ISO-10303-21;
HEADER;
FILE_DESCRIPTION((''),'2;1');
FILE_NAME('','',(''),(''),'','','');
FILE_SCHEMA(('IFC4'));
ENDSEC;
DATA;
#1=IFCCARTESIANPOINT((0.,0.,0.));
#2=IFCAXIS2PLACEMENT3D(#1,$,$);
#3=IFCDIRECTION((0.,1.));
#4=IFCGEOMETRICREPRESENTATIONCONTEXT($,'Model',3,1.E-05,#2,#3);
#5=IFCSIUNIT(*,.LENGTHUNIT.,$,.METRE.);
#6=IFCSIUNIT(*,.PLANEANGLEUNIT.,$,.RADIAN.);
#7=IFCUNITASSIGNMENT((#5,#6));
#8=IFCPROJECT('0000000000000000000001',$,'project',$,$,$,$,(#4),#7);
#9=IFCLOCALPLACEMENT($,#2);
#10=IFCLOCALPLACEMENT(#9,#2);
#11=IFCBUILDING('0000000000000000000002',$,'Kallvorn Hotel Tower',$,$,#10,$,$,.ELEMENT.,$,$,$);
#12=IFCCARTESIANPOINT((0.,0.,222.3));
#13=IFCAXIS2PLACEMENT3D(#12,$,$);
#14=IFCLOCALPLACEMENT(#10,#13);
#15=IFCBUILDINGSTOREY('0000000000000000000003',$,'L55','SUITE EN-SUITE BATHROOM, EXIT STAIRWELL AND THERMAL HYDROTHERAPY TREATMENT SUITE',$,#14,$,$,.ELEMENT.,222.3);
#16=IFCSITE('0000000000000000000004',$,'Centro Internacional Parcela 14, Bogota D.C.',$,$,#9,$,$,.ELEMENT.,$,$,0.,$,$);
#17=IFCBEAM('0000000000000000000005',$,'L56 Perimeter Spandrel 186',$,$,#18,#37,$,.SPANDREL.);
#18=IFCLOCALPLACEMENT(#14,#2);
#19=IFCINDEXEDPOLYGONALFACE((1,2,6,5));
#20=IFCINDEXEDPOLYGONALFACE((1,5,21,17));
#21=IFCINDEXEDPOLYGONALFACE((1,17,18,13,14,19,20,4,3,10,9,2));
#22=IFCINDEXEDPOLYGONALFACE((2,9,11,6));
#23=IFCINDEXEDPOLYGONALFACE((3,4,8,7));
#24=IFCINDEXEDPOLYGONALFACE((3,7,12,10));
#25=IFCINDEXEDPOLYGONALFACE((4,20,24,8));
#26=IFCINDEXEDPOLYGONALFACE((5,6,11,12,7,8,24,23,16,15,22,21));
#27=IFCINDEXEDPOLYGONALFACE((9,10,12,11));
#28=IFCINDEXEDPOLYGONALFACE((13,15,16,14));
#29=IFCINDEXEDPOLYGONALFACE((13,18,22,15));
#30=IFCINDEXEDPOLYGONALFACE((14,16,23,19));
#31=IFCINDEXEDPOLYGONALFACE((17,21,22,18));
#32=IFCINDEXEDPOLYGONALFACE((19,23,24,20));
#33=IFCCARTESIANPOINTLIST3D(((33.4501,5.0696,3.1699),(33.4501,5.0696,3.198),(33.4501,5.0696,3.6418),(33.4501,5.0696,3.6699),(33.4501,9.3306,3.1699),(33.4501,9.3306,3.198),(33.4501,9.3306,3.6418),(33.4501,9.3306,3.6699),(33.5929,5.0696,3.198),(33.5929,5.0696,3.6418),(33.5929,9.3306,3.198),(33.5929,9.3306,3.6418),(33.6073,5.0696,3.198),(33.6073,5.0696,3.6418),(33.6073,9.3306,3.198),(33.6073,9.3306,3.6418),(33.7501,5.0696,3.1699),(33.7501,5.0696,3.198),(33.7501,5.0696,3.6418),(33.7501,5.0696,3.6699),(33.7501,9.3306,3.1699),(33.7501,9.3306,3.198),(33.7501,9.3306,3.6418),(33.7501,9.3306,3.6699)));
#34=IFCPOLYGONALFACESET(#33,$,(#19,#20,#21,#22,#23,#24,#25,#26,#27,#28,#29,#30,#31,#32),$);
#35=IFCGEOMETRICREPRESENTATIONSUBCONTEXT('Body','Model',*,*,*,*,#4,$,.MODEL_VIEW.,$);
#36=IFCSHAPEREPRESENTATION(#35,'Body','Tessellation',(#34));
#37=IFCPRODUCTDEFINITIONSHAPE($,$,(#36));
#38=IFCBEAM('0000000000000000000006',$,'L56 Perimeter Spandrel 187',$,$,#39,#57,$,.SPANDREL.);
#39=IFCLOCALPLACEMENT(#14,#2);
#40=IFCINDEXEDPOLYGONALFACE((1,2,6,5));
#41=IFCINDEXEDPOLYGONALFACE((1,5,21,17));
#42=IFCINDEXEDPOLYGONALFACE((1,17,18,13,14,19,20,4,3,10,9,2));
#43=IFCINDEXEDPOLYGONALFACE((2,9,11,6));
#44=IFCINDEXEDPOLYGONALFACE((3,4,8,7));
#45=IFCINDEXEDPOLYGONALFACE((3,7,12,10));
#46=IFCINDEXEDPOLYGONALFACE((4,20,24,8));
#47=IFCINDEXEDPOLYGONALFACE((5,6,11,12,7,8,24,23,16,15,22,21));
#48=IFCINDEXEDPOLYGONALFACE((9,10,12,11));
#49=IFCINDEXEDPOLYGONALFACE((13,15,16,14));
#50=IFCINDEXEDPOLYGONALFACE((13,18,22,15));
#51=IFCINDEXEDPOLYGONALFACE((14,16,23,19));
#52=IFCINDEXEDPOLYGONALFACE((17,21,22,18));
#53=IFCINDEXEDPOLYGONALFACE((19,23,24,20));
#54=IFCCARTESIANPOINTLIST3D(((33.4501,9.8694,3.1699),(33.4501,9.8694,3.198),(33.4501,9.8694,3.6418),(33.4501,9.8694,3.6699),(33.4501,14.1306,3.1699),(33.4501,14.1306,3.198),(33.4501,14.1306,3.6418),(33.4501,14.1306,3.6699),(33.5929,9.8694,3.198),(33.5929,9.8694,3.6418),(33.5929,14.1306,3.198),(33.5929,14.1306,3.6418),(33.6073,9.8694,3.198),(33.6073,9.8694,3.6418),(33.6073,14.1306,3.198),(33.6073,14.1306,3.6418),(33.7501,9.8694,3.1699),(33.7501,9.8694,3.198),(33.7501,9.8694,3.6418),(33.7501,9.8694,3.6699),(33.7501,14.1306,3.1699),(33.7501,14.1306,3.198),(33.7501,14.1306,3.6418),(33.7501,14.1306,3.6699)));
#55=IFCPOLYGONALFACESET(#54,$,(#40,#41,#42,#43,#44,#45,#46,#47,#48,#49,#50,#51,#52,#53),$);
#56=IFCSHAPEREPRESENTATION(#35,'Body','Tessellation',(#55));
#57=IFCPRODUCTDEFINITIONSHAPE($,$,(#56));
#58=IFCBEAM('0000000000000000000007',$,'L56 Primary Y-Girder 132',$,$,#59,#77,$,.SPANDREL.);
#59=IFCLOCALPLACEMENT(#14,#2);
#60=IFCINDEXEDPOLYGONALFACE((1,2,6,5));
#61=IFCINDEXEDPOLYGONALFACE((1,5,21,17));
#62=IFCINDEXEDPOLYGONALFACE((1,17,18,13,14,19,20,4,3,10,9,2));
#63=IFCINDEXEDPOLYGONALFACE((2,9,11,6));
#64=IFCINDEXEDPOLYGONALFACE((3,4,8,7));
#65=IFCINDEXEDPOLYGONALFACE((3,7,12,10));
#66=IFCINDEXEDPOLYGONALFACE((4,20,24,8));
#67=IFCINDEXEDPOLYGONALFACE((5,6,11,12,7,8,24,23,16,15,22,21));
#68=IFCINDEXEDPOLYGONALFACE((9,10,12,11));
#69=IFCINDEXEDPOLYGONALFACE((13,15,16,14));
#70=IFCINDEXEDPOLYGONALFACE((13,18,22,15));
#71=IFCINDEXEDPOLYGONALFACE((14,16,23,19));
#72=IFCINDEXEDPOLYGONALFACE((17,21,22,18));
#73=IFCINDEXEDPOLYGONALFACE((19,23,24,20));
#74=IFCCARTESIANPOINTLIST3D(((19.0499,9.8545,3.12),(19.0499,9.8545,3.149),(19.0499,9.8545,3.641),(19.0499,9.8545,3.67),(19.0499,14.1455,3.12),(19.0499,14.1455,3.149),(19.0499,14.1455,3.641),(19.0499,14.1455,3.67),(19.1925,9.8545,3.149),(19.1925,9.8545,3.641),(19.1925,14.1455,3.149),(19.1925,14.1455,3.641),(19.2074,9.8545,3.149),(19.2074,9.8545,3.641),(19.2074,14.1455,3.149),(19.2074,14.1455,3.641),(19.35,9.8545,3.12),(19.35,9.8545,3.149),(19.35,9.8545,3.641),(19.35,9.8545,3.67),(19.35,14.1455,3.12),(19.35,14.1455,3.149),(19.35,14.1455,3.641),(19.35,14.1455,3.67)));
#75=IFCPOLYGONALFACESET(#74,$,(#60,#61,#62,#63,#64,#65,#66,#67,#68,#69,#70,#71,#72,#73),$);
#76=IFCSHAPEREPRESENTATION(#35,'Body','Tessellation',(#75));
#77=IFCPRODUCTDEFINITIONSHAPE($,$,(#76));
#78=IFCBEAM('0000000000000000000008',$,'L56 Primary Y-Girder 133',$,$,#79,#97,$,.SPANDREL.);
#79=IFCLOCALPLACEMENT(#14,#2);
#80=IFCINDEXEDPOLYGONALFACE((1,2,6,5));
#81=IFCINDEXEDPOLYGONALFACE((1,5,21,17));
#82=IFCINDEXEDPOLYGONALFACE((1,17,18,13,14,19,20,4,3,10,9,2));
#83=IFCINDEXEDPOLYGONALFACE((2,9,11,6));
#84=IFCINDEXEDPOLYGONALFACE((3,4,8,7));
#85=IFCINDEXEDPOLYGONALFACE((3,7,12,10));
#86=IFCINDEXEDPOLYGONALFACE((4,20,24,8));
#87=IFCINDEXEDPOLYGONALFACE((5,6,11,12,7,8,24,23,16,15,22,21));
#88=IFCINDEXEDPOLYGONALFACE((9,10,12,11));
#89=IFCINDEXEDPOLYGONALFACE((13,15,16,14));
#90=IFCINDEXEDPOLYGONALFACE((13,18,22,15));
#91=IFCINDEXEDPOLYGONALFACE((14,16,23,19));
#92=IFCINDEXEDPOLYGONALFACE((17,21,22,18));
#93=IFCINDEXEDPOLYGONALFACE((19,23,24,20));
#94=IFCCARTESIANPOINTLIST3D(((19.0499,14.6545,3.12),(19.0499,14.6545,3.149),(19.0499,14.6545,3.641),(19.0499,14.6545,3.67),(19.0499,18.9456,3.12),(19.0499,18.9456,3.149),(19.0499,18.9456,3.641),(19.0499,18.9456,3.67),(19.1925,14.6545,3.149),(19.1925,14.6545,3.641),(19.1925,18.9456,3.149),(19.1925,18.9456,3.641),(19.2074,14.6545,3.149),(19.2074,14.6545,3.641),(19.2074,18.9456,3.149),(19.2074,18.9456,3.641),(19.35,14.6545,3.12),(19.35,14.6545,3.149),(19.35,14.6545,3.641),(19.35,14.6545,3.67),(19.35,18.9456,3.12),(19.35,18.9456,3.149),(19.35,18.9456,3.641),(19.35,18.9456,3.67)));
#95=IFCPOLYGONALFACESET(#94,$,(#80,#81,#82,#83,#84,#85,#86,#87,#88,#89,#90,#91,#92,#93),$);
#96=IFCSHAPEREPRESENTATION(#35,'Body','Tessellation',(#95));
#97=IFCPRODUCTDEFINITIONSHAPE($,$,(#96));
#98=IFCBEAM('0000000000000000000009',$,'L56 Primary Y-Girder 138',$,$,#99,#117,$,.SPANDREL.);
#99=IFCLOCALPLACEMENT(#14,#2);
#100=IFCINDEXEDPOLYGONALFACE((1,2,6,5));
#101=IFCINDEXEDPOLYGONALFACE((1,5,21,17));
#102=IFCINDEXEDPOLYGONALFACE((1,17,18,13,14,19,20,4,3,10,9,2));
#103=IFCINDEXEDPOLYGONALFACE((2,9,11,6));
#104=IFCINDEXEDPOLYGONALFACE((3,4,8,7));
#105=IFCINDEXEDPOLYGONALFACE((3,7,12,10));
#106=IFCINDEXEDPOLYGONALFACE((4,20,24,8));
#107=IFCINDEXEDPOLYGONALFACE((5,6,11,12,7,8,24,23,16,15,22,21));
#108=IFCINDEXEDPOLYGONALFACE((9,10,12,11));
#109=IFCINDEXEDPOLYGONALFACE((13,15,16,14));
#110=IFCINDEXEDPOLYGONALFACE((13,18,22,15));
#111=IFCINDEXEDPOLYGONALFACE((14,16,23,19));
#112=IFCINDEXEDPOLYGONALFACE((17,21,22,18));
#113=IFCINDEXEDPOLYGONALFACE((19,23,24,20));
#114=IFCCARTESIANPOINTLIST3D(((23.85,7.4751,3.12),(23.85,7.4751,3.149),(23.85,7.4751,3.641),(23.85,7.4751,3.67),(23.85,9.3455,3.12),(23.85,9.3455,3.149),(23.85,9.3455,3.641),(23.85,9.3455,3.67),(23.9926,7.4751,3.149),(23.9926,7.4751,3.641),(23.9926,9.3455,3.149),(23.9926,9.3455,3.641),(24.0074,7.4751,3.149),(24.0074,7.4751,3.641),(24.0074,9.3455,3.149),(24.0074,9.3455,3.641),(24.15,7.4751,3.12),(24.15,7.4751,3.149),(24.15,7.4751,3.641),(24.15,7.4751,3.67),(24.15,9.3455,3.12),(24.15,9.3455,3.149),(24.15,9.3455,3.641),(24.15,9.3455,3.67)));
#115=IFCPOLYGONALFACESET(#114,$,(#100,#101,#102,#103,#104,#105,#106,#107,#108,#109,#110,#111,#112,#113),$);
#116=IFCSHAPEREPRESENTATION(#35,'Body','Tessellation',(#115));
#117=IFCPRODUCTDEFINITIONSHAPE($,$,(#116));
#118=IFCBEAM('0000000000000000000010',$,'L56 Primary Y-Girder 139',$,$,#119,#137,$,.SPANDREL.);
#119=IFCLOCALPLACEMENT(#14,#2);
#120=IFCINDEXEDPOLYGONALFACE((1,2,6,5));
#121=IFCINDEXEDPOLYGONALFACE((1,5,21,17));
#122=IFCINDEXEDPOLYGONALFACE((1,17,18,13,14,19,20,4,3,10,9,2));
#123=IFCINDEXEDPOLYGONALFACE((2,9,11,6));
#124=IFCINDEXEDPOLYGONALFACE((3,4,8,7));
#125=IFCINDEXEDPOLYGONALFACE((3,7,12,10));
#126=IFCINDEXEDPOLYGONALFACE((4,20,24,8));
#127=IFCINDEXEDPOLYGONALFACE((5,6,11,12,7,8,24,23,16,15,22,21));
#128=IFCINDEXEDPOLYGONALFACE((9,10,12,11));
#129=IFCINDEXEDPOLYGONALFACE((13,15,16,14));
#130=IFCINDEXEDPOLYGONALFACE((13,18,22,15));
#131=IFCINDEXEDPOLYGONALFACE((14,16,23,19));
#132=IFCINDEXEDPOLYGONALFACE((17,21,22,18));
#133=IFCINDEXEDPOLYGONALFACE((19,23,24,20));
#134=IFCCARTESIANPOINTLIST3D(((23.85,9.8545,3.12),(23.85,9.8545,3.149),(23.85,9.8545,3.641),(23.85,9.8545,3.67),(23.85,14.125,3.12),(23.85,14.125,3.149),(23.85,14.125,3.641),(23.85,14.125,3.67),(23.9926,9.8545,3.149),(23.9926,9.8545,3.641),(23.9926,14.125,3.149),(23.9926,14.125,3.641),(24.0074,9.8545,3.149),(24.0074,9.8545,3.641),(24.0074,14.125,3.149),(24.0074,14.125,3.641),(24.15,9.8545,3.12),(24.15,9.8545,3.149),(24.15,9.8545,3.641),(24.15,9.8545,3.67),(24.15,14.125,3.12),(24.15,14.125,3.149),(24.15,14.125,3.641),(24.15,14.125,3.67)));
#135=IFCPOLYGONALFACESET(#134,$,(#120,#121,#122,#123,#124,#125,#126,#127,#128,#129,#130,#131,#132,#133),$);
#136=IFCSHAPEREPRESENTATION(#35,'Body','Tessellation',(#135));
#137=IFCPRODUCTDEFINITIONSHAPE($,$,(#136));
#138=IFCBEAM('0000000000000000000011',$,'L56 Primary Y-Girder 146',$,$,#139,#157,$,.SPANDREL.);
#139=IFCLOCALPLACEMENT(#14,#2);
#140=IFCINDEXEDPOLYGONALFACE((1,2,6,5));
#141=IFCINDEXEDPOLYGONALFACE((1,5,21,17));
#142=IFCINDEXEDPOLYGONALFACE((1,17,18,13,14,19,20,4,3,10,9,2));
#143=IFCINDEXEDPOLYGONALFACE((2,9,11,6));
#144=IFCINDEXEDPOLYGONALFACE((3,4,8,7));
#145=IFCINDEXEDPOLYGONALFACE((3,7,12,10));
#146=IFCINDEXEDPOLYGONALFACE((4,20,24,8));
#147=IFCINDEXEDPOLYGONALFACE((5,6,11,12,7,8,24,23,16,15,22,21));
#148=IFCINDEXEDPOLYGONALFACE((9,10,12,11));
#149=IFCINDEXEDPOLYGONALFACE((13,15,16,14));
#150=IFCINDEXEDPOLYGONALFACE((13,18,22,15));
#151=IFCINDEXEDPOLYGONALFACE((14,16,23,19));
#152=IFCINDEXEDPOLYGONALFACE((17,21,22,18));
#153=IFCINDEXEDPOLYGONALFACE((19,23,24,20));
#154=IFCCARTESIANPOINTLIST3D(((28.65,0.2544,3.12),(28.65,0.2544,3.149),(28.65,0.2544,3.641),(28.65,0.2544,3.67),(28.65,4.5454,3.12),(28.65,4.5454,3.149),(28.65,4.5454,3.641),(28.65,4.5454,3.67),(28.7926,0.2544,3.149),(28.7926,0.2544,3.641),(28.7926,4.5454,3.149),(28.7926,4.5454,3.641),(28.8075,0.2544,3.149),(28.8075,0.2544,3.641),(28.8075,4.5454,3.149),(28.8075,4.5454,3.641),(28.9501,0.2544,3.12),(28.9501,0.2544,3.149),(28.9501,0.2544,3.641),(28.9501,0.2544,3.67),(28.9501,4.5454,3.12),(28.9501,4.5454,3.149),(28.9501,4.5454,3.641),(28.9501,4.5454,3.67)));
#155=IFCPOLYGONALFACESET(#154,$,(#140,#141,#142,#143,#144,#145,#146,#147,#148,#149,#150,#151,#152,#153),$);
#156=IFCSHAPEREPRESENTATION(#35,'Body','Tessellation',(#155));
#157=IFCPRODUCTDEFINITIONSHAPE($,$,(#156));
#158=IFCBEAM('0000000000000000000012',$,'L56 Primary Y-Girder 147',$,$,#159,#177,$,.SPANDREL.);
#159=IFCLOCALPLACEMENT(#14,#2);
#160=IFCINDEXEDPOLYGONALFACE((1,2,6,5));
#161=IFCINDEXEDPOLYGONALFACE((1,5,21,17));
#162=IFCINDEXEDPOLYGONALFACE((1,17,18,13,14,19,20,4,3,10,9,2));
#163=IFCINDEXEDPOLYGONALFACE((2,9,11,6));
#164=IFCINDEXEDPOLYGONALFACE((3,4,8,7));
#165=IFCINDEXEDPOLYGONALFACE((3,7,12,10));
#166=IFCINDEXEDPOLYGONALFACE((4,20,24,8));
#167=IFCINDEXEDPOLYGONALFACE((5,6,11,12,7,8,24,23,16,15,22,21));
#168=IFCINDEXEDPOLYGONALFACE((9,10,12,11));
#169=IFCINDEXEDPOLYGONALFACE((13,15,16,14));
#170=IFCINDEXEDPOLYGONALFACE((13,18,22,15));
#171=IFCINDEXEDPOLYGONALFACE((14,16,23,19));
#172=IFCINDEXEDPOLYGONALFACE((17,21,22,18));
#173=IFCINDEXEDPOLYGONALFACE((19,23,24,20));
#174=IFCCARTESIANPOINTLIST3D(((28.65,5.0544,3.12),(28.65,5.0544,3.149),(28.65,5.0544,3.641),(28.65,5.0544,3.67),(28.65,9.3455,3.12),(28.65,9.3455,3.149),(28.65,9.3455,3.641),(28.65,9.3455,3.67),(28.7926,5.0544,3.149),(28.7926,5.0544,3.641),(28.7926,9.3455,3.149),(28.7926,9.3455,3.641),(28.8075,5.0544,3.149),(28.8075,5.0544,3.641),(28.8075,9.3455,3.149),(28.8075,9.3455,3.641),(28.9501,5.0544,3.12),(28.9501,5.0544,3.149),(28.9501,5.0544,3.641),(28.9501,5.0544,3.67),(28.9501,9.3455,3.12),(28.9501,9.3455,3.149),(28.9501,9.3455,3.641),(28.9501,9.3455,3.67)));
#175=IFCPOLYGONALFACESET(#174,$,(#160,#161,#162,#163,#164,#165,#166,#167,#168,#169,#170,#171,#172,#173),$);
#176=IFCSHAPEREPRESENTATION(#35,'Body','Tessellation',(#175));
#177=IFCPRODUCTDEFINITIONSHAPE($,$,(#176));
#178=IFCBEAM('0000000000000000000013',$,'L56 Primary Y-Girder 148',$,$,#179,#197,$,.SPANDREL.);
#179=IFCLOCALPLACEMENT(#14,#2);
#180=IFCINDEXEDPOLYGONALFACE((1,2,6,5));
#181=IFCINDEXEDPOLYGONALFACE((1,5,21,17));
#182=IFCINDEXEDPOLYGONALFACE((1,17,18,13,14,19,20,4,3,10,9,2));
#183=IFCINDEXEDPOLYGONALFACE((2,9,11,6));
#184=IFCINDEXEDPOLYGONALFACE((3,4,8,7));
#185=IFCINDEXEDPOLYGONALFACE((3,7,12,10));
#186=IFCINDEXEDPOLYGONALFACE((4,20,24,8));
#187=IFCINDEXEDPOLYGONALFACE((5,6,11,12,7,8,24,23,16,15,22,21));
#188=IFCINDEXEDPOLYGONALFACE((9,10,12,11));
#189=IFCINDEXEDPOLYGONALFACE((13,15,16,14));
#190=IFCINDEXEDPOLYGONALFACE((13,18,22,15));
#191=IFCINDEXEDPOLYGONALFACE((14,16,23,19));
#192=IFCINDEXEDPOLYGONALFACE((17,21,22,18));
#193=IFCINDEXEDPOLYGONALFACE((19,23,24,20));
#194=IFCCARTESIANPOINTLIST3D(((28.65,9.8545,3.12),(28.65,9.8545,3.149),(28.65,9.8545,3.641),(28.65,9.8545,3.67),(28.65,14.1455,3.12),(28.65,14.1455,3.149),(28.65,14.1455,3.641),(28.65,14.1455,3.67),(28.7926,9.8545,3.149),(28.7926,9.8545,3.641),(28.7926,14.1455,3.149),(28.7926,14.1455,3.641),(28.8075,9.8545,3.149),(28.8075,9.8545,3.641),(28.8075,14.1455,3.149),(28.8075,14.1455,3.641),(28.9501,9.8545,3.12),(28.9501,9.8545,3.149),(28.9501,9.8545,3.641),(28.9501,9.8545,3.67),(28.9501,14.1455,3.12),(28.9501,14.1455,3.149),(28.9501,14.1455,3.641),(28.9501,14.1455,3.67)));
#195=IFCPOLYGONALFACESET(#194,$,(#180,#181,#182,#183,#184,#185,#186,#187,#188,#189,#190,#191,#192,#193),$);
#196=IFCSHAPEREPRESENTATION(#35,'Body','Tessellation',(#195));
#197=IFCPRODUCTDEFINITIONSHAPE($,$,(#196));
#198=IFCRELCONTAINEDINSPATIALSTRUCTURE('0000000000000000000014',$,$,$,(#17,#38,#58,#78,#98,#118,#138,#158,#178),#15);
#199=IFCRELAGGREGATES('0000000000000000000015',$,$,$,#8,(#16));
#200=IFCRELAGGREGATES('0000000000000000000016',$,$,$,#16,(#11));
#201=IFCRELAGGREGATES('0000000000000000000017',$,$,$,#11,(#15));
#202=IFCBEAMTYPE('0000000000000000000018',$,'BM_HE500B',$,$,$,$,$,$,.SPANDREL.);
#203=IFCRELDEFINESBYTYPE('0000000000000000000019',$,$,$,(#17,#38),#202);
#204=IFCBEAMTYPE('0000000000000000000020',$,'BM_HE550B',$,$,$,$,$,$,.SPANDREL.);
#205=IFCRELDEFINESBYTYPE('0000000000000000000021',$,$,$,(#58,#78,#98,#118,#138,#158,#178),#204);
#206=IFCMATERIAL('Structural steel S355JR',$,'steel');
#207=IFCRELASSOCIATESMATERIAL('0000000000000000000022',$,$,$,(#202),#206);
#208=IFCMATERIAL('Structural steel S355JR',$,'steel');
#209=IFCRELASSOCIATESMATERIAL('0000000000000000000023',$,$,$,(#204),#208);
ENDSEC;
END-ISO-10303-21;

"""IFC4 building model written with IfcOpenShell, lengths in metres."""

from ifc_helpers import new_model, si_unit, direction, frame, origin, origin_2d, place, context, subcontext, project, spatial, i_section, extrude, material, material_profile, profile_set, type_object, element, save


model = new_model("IFC4")

# Units and contexts
model_context = context("Model", 3, precision=1e-05, world=origin(), true_north=direction((0.0, 1.0)))
body_context = subcontext(model_context, "Body", "Model", "MODEL_VIEW")
ifc_project = project(units=[si_unit("LENGTHUNIT", "METRE"), si_unit("PLANEANGLEUNIT", "RADIAN")], contexts=[model_context])

# Site, building, storey
site_placement = place(None, origin())
site = spatial("IfcSite", under=ifc_project, at=site_placement, Name="Centro Internacional Parcela 14, Bogota D.C.", CompositionType="ELEMENT", RefElevation=0.0)
building_placement = place(site_placement, origin())
building = spatial("IfcBuilding", under=site, at=building_placement, Name="Kallvorn Hotel Tower", CompositionType="ELEMENT")
storey_placement = place(building_placement, frame((0.0, 0.0, 222.3)))
storey = spatial("IfcBuildingStorey", under=building, at=storey_placement, Name="L55", Description="SUITE EN-SUITE BATHROOM, EXIT STAIRWELL AND THERMAL HYDROTHERAPY TREATMENT SUITE", CompositionType="ELEMENT", Elevation=222.3)

# Beams
ifc_material_1 = material(Name="Structural steel S355JR", Category="steel")
ifc_material_profile_1 = material_profile(ifc_material_1, i_section(OverallWidth=0.3, OverallDepth=0.5, WebThickness=0.0144, FlangeThickness=0.0281, at=origin_2d()), Name="HE 500 B")
ifc_profile_set_1 = profile_set([ifc_material_profile_1], Name="Structural steel S355JR")
beam_type_1 = type_object("IfcBeamType", Name="BM_HE500B", PredefinedType="SPANDREL", material=ifc_profile_set_1)
for number, where, z_axis, x_axis, name in (
    (1, (33.6001, 5.0696, 3.4199), (0.0, 1.0, 0.0), (-1.0, 0.0, 0.0), "L56 Perimeter Spandrel 186"),
):
    element("IfcBeam", number, at=place(storey_placement, frame(where, z_axis=z_axis, x_axis=x_axis)), inside=storey, type_object=beam_type_1, Name=name, PredefinedType="SPANDREL", context=body_context, shape_type="SweptSolid", body=[
        extrude(i_section(OverallWidth=0.3, OverallDepth=0.5, WebThickness=0.0144, FlangeThickness=0.0281, at=origin_2d()), origin(), (0.0, 0.0, 1.0), 4.261),
    ])
beam_1_placement = place(storey_placement, frame((33.6001, 9.8694, 3.4199), z_axis=(0.0, 1.0, 0.0), x_axis=(-1.0, 0.0, 0.0)))
element("IfcBeam", 2, at=beam_1_placement, inside=storey, type_object=beam_type_1, Name="L56 Perimeter Spandrel 187", PredefinedType="SPANDREL", context=body_context, shape_type="SweptSolid", body=[
    extrude(i_section(OverallWidth=0.3, OverallDepth=0.5, WebThickness=0.0144, FlangeThickness=0.0281, at=origin_2d()), origin(), (0.0, 0.0, 1.0), 4.2612),
])
ifc_material_2 = material(Name="Structural steel S355JR", Category="steel")
ifc_material_profile_2 = material_profile(ifc_material_2, i_section(OverallWidth=0.3, OverallDepth=0.55, WebThickness=0.0149, FlangeThickness=0.0291, at=origin_2d()), Name="HE 550 B")
ifc_profile_set_2 = profile_set([ifc_material_profile_2], Name="Structural steel S355JR")
beam_type_2 = type_object("IfcBeamType", Name="BM_HE550B", PredefinedType="SPANDREL", material=ifc_profile_set_2)
for number, where, z_axis, x_axis, name in (
    (3, (19.2, 9.8545, 3.395), (0.0, 1.0, 0.0), (-1.0, 0.0, 0.0), "L56 Primary Y-Girder 132"),
    (4, (19.2, 14.6545, 3.395), (0.0, 1.0, 0.0), (-1.0, 0.0, 0.0), "L56 Primary Y-Girder 133"),
):
    element("IfcBeam", number, at=place(storey_placement, frame(where, z_axis=z_axis, x_axis=x_axis)), inside=storey, type_object=beam_type_2, Name=name, PredefinedType="SPANDREL", context=body_context, shape_type="SweptSolid", body=[
        extrude(i_section(OverallWidth=0.3, OverallDepth=0.55, WebThickness=0.0149, FlangeThickness=0.0291, at=origin_2d()), origin(), (0.0, 0.0, 1.0), 4.291),
    ])
beam_2_placement = place(storey_placement, frame((24.0, 7.4751, 3.395), z_axis=(0.0, 1.0, 0.0), x_axis=(-1.0, 0.0, 0.0)))
element("IfcBeam", 5, at=beam_2_placement, inside=storey, type_object=beam_type_2, Name="L56 Primary Y-Girder 138", PredefinedType="SPANDREL", context=body_context, shape_type="SweptSolid", body=[
    extrude(i_section(OverallWidth=0.3, OverallDepth=0.55, WebThickness=0.0149, FlangeThickness=0.0291, at=origin_2d()), origin(), (0.0, 0.0, 1.0), 1.8704),
])
beam_3_placement = place(storey_placement, frame((24.0, 9.8545, 3.395), z_axis=(0.0, 1.0, 0.0), x_axis=(-1.0, 0.0, 0.0)))
element("IfcBeam", 6, at=beam_3_placement, inside=storey, type_object=beam_type_2, Name="L56 Primary Y-Girder 139", PredefinedType="SPANDREL", context=body_context, shape_type="SweptSolid", body=[
    extrude(i_section(OverallWidth=0.3, OverallDepth=0.55, WebThickness=0.0149, FlangeThickness=0.0291, at=origin_2d()), origin(), (0.0, 0.0, 1.0), 4.2705),
])
for number, where, z_axis, x_axis, name in (
    (7, (28.8, 0.2544, 3.395), (0.0, 1.0, 0.0), (-1.0, 0.0, 0.0), "L56 Primary Y-Girder 146"),
    (8, (28.8, 5.0544, 3.395), (0.0, 1.0, 0.0), (-1.0, 0.0, 0.0), "L56 Primary Y-Girder 147"),
    (9, (28.8, 9.8545, 3.395), (0.0, 1.0, 0.0), (-1.0, 0.0, 0.0), "L56 Primary Y-Girder 148"),
):
    element("IfcBeam", number, at=place(storey_placement, frame(where, z_axis=z_axis, x_axis=x_axis)), inside=storey, type_object=beam_type_2, Name=name, PredefinedType="SPANDREL", context=body_context, shape_type="SweptSolid", body=[
        extrude(i_section(OverallWidth=0.3, OverallDepth=0.55, WebThickness=0.0149, FlangeThickness=0.0291, at=origin_2d()), origin(), (0.0, 0.0, 1.0), 4.291),
    ])

save(model, "model.ifc")
